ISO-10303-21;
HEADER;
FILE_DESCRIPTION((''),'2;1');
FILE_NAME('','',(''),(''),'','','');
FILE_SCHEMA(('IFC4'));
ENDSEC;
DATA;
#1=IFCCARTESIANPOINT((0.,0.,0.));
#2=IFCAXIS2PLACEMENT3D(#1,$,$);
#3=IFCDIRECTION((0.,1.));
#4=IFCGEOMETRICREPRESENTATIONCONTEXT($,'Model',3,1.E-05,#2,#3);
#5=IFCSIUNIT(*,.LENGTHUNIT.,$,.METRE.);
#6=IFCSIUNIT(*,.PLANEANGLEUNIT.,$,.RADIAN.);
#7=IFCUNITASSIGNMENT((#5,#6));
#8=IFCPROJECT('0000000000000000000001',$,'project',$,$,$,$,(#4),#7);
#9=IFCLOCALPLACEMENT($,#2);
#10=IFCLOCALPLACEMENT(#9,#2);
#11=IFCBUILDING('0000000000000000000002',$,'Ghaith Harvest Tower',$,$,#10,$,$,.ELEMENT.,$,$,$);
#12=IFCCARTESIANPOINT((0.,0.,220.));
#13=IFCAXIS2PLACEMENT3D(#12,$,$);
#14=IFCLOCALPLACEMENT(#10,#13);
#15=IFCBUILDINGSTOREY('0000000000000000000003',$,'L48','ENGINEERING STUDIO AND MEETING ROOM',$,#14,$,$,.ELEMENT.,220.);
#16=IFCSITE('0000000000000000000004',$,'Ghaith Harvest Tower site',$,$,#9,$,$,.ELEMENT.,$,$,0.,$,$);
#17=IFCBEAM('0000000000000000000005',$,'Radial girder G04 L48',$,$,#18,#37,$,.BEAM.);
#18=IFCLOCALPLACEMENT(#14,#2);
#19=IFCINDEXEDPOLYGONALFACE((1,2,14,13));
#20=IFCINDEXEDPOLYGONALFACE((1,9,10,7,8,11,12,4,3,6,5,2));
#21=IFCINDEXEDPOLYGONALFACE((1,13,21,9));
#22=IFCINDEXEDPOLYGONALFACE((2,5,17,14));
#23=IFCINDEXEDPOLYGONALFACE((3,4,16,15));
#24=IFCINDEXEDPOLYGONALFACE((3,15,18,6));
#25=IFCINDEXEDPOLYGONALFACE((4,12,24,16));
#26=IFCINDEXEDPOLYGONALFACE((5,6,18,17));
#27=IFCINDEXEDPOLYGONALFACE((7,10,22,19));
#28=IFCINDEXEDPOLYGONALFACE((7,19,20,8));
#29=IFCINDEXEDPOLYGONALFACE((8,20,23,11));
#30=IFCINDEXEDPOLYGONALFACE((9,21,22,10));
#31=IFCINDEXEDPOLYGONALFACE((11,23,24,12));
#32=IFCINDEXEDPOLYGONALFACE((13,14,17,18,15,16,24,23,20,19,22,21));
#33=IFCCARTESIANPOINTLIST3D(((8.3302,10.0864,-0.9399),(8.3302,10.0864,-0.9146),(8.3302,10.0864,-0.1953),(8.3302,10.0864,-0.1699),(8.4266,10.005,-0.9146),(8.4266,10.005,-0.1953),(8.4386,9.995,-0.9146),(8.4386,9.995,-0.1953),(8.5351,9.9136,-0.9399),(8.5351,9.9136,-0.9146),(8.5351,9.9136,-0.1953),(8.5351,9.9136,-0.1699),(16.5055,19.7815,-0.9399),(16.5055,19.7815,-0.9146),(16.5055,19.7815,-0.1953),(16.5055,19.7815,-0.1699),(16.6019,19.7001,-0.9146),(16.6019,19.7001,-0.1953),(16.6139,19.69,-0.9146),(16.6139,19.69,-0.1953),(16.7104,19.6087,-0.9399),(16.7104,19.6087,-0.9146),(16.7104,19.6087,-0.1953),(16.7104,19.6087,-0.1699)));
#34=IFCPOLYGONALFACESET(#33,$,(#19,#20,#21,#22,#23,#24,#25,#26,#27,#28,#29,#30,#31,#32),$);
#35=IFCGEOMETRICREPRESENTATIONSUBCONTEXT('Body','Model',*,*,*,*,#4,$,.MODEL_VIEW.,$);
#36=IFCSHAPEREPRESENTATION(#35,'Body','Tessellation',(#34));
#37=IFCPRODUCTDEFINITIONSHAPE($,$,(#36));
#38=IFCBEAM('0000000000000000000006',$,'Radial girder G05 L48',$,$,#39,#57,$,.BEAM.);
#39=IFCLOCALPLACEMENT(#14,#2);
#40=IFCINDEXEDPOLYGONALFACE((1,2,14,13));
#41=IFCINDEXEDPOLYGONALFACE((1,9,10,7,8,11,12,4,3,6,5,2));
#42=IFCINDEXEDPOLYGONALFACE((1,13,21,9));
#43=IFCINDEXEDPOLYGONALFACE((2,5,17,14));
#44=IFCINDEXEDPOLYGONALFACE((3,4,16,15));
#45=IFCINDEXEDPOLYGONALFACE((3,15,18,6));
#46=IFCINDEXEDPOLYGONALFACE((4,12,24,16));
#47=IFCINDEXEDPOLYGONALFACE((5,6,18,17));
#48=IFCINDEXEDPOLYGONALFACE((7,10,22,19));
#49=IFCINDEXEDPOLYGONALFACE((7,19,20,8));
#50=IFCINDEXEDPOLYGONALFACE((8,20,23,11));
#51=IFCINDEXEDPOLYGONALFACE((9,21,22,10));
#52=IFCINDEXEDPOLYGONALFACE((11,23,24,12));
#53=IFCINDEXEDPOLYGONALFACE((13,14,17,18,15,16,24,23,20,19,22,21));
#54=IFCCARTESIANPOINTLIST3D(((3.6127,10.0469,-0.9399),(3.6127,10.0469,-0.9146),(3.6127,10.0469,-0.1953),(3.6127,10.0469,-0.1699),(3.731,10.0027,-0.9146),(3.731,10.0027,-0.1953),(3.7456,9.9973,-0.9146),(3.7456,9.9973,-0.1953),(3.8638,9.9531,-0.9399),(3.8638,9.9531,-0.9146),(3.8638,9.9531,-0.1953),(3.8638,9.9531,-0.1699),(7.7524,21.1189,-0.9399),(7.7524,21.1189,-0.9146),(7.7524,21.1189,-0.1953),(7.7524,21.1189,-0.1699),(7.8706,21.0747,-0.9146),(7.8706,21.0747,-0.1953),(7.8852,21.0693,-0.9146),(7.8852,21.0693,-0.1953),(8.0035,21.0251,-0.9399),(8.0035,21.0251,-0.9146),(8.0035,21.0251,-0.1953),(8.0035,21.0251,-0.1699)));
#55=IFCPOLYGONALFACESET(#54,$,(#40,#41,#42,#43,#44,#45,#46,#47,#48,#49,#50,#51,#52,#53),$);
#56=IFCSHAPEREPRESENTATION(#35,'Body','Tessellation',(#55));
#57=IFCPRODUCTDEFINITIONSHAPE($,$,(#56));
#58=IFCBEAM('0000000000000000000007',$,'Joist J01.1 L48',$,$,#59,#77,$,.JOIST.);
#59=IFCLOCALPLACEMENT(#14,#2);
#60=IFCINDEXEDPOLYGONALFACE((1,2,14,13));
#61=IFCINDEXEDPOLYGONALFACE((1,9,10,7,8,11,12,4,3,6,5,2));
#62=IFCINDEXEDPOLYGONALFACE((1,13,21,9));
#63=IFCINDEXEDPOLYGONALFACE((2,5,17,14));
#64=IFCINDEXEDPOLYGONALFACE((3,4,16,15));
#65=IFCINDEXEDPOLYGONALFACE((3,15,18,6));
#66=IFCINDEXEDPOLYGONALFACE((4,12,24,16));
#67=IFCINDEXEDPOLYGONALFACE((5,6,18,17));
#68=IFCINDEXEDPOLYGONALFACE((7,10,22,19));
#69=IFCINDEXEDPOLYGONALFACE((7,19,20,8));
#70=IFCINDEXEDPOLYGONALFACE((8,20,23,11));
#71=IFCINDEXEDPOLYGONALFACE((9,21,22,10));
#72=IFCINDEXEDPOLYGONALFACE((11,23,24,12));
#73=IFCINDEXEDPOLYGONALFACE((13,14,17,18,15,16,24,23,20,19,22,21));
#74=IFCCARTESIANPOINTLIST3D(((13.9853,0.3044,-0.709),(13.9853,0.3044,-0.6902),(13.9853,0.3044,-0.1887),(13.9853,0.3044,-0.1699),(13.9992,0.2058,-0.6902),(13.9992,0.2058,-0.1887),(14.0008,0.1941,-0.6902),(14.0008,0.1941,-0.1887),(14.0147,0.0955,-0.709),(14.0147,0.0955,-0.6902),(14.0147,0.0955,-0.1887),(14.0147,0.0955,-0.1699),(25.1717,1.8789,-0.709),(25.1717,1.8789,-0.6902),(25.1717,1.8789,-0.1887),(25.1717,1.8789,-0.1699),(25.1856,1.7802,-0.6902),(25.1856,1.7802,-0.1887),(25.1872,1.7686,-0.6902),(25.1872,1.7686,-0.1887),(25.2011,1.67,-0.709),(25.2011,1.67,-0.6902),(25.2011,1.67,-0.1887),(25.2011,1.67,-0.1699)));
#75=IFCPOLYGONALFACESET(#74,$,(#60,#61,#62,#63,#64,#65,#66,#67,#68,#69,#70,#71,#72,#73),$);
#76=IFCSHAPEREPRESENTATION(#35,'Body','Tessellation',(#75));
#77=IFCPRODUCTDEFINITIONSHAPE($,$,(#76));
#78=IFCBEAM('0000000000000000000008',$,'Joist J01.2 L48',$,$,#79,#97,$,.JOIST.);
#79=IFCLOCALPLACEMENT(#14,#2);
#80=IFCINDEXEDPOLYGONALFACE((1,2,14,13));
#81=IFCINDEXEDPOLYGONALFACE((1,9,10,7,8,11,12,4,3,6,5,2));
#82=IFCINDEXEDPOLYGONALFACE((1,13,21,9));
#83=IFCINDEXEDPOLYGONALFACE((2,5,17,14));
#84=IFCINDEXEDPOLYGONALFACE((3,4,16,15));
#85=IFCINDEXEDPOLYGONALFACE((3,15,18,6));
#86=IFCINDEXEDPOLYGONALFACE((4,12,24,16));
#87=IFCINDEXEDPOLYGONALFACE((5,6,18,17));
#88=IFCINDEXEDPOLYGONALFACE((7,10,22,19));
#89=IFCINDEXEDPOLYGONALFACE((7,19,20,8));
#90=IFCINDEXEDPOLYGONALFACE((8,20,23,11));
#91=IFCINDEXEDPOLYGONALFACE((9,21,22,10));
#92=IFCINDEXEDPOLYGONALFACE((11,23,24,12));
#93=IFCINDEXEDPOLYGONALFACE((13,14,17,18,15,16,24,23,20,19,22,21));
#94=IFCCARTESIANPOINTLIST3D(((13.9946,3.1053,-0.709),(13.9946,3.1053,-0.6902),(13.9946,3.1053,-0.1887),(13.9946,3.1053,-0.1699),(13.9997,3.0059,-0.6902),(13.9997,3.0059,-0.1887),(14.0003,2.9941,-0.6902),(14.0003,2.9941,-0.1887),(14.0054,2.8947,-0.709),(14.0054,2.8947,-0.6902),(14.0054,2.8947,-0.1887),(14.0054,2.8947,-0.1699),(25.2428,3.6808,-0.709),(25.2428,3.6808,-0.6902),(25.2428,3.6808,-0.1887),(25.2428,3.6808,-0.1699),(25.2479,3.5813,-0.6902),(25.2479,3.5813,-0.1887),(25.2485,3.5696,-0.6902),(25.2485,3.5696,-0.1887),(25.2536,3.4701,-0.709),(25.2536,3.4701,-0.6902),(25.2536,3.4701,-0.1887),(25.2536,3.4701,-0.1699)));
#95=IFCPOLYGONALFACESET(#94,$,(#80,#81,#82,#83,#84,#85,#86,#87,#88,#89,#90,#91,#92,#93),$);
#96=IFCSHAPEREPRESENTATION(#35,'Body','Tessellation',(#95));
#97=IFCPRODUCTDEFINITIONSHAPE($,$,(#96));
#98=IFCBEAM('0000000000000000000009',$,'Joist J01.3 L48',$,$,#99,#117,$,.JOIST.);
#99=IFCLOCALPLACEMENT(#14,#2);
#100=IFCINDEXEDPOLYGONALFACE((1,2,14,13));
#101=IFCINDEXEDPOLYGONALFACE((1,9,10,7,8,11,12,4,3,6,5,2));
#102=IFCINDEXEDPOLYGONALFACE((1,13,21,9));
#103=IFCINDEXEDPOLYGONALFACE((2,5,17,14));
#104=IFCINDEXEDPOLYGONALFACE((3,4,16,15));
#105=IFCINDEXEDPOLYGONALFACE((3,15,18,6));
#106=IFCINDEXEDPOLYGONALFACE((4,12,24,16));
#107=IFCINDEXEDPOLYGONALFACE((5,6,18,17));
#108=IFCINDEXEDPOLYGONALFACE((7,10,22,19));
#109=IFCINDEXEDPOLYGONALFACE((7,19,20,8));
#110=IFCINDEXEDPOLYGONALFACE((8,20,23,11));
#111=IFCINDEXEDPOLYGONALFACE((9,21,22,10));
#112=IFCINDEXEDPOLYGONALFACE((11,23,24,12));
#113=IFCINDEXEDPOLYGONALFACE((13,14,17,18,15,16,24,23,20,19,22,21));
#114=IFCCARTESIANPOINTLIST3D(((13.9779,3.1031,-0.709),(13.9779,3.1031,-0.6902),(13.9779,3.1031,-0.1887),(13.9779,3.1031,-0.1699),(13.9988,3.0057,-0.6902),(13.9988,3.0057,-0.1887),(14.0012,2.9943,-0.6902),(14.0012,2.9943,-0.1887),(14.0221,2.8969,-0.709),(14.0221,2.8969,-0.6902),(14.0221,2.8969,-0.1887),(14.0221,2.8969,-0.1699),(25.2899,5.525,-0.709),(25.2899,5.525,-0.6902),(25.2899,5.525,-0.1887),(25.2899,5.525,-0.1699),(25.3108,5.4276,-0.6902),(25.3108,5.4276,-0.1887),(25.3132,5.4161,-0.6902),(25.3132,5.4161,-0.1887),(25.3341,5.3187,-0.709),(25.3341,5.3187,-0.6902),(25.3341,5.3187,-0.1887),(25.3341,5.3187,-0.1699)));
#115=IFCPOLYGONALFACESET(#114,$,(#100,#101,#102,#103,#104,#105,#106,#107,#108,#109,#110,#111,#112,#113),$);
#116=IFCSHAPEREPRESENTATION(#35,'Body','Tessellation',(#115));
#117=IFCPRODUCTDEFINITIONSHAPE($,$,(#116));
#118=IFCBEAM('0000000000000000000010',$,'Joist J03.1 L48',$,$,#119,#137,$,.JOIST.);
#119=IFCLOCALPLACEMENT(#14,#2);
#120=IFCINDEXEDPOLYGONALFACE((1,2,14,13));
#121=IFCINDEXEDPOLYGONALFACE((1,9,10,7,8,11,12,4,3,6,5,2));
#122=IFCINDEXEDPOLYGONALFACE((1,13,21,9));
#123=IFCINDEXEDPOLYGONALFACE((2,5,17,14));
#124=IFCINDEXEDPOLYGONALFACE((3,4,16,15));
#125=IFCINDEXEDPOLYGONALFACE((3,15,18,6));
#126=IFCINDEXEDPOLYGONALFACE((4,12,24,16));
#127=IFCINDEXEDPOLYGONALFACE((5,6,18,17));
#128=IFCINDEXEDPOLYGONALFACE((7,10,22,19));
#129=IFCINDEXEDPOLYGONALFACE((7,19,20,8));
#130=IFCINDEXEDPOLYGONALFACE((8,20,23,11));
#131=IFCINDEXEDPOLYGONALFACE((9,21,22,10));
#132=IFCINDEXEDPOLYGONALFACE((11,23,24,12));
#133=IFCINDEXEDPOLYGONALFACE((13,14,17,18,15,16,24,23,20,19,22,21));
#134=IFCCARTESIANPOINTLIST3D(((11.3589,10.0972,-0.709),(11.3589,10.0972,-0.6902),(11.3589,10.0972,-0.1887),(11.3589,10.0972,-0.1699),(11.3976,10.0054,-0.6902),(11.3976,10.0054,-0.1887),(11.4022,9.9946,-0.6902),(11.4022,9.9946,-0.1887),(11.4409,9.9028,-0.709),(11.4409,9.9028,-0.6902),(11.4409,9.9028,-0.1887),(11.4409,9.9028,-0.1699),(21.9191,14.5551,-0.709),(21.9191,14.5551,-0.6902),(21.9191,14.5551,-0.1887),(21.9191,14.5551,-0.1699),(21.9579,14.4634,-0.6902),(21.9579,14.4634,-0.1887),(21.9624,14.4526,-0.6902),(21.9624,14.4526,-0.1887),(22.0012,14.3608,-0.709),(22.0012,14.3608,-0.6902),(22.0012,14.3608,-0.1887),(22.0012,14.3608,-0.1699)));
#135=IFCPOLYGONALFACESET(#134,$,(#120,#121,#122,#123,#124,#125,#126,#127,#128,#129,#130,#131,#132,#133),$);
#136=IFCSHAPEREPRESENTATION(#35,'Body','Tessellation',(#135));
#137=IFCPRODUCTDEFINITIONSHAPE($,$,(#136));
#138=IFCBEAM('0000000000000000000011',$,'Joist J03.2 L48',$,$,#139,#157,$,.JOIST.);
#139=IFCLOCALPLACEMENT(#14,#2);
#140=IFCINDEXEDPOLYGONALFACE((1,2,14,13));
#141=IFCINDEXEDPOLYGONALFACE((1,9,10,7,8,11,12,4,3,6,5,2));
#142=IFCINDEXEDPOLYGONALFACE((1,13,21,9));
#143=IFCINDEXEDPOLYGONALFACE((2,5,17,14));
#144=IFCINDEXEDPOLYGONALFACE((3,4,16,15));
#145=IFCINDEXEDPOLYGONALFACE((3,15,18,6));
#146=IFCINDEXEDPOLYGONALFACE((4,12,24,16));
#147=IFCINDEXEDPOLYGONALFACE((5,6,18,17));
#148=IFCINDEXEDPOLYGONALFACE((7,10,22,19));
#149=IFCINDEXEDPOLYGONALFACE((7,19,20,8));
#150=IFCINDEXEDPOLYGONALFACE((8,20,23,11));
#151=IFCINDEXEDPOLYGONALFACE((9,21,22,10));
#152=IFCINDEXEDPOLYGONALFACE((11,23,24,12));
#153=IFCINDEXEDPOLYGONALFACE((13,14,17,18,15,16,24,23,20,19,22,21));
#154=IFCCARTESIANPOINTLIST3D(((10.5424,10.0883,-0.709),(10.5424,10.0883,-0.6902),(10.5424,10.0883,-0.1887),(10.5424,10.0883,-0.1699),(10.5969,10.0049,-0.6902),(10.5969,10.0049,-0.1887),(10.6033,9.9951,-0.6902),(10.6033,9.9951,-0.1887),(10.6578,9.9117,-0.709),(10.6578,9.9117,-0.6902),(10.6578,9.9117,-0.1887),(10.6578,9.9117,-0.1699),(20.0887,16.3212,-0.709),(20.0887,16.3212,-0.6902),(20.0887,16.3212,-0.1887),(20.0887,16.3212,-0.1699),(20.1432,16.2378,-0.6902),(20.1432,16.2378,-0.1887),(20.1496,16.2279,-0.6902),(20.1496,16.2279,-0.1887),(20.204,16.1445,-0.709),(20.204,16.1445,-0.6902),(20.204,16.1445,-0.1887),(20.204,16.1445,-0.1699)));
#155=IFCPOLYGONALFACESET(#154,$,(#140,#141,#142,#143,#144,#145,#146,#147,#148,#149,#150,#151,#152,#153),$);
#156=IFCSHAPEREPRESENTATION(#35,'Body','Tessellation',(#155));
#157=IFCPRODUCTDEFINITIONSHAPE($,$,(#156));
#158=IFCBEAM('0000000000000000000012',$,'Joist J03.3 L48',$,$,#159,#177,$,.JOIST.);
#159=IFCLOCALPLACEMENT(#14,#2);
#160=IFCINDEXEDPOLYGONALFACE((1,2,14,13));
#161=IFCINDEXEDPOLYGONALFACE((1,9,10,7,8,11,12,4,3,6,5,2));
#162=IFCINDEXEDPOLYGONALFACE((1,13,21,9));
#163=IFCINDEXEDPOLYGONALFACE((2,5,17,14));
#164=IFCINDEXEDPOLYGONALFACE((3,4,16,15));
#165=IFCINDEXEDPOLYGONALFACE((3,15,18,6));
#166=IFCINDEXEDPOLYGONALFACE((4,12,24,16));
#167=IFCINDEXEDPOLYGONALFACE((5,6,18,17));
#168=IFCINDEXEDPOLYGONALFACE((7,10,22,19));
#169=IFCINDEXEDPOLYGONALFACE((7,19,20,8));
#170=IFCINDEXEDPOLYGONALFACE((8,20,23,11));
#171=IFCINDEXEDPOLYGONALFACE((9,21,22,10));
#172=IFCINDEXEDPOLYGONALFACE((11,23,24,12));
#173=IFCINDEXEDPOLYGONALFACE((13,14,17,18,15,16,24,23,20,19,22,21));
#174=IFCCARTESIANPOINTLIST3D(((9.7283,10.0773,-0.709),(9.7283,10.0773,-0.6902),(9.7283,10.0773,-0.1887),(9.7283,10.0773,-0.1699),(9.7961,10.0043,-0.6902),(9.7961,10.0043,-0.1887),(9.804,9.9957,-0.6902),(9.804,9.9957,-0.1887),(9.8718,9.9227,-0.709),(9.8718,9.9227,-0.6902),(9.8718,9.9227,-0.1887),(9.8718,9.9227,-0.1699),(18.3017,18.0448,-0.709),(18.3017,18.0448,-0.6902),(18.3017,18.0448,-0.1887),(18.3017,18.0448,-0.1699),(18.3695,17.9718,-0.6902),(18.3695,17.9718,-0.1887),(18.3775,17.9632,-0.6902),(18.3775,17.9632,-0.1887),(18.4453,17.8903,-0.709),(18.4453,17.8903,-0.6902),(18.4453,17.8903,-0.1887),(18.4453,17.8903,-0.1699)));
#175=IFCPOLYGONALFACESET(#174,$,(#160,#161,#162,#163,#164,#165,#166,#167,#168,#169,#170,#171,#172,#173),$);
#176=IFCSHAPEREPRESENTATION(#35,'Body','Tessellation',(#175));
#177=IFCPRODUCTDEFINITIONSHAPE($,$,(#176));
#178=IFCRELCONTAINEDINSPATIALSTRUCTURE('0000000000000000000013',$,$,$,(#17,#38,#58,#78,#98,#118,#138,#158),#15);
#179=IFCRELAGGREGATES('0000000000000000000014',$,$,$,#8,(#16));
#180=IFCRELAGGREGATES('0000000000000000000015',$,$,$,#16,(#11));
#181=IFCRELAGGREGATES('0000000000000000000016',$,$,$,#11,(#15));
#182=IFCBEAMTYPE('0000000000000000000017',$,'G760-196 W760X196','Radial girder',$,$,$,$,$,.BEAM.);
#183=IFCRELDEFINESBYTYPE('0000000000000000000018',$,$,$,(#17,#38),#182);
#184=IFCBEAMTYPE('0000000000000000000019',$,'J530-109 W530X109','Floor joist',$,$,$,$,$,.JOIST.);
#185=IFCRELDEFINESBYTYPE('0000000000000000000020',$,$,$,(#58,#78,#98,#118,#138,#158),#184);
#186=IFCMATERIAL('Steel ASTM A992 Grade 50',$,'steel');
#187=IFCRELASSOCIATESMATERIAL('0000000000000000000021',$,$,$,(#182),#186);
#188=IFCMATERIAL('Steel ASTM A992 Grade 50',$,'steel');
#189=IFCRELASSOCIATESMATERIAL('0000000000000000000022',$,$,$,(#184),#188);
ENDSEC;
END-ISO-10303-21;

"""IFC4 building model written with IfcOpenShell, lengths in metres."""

from ifc_helpers import new_model, si_unit, direction, frame, origin, origin_2d, place, context, subcontext, project, spatial, i_section, extrude, material, material_profile, profile_set, type_object, element, save


model = new_model("IFC4")

# Units and contexts
model_context = context("Model", 3, precision=1e-05, world=origin(), true_north=direction((0.0, 1.0)))
body_context = subcontext(model_context, "Body", "Model", "MODEL_VIEW")
ifc_project = project(units=[si_unit("LENGTHUNIT", "METRE"), si_unit("PLANEANGLEUNIT", "RADIAN")], contexts=[model_context])

# Site, building, storey
site_placement = place(None, origin())
site = spatial("IfcSite", under=ifc_project, at=site_placement, Name="Ghaith Harvest Tower site", CompositionType="ELEMENT", RefElevation=0.0)
building_placement = place(site_placement, origin())
building = spatial("IfcBuilding", under=site, at=building_placement, Name="Ghaith Harvest Tower", CompositionType="ELEMENT")
storey_placement = place(building_placement, frame((0.0, 0.0, 220.0)))
storey = spatial("IfcBuildingStorey", under=building, at=storey_placement, Name="L48", Description="ENGINEERING STUDIO AND MEETING ROOM", CompositionType="ELEMENT", Elevation=220.0)

# Beams
ifc_material_1 = material(Name="Steel ASTM A992 Grade 50", Category="steel")
ifc_material_profile_1 = material_profile(ifc_material_1, i_section(OverallWidth=0.2681, OverallDepth=0.77, WebThickness=0.0156, FlangeThickness=0.0254, at=origin_2d()), Name="W760X196")
ifc_profile_set_1 = profile_set([ifc_material_profile_1], Name="Steel ASTM A992 Grade 50")
beam_type_1 = type_object("IfcBeamType", Name="G760-196 W760X196", Description="Radial girder", PredefinedType="BEAM", material=ifc_profile_set_1)
beam_1_placement = place(storey_placement, frame((8.4326, 10.0, -0.5549), z_axis=(0.644644, 0.764483, 0.0), x_axis=(-0.764483, 0.644644, 0.0)))
element("IfcBeam", 1, at=beam_1_placement, inside=storey, type_object=beam_type_1, Name="Radial girder G04 L48", PredefinedType="BEAM", context=body_context, shape_type="SweptSolid", body=[
    extrude(i_section(OverallWidth=0.2681, OverallDepth=0.77, WebThickness=0.0156, FlangeThickness=0.0254, at=origin_2d()), origin(), (0.0, 0.0, 1.0), 12.6819),
])
beam_2_placement = place(storey_placement, frame((3.7383, 10.0, -0.5549), z_axis=(0.350207, 0.936672, 0.0), x_axis=(-0.936672, 0.350207, 0.0)))
element("IfcBeam", 2, at=beam_2_placement, inside=storey, type_object=beam_type_1, Name="Radial girder G05 L48", PredefinedType="BEAM", context=body_context, shape_type="SweptSolid", body=[
    extrude(i_section(OverallWidth=0.2681, OverallDepth=0.77, WebThickness=0.0156, FlangeThickness=0.0254, at=origin_2d()), origin(), (0.0, 0.0, 1.0), 11.8206),
])
ifc_material_2 = material(Name="Steel ASTM A992 Grade 50", Category="steel")
ifc_material_profile_2 = material_profile(ifc_material_2, i_section(OverallWidth=0.2109, OverallDepth=0.5391, WebThickness=0.0117, FlangeThickness=0.0188, at=origin_2d()), Name="W530X109")
ifc_profile_set_2 = profile_set([ifc_material_profile_2], Name="Steel ASTM A992 Grade 50")
beam_type_2 = type_object("IfcBeamType", Name="J530-109 W530X109", Description="Floor joist", PredefinedType="JOIST", material=ifc_profile_set_2)
beam_3_placement = place(storey_placement, frame((14.0, 0.2, -0.4395), z_axis=(0.99024, 0.139376, 0.0), x_axis=(-0.139376, 0.99024, 0.0)))
element("IfcBeam", 3, at=beam_3_placement, inside=storey, type_object=beam_type_2, Name="Joist J01.1 L48", PredefinedType="JOIST", context=body_context, shape_type="SweptSolid", body=[
    extrude(i_section(OverallWidth=0.2109, OverallDepth=0.5391, WebThickness=0.0117, FlangeThickness=0.0188, at=origin_2d()), origin(), (0.0, 0.0, 1.0), 11.2966),
])
beam_4_placement = place(storey_placement, frame((14.0, 3.0, -0.4395), z_axis=(0.998694, 0.051091, 0.0), x_axis=(-0.051091, 0.998694, 0.0)))
element("IfcBeam", 4, at=beam_4_placement, inside=storey, type_object=beam_type_2, Name="Joist J01.2 L48", PredefinedType="JOIST", context=body_context, shape_type="SweptSolid", body=[
    extrude(i_section(OverallWidth=0.2109, OverallDepth=0.5391, WebThickness=0.0117, FlangeThickness=0.0188, at=origin_2d()), origin(), (0.0, 0.0, 1.0), 11.2629),
])
beam_5_placement = place(storey_placement, frame((14.0, 3.0, -0.4395), z_axis=(0.97784, 0.209353, 0.0), x_axis=(-0.209353, 0.97784, 0.0)))
element("IfcBeam", 5, at=beam_5_placement, inside=storey, type_object=beam_type_2, Name="Joist J01.3 L48", PredefinedType="JOIST", context=body_context, shape_type="SweptSolid", body=[
    extrude(i_section(OverallWidth=0.2109, OverallDepth=0.5391, WebThickness=0.0117, FlangeThickness=0.0188, at=origin_2d()), origin(), (0.0, 0.0, 1.0), 11.5684),
])
beam_6_placement = place(storey_placement, frame((11.3999, 10.0, -0.4395), z_axis=(0.921274, 0.388914, 0.0), x_axis=(-0.388914, 0.921274, 0.0)))
element("IfcBeam", 6, at=beam_6_placement, inside=storey, type_object=beam_type_2, Name="Joist J03.1 L48", PredefinedType="JOIST", context=body_context, shape_type="SweptSolid", body=[
    extrude(i_section(OverallWidth=0.2109, OverallDepth=0.5391, WebThickness=0.0117, FlangeThickness=0.0188, at=origin_2d()), origin(), (0.0, 0.0, 1.0), 11.4626),
])
beam_7_placement = place(storey_placement, frame((10.6001, 10.0, -0.4395), z_axis=(0.837329, 0.546699, 0.0), x_axis=(-0.546699, 0.837329, 0.0)))
element("IfcBeam", 7, at=beam_7_placement, inside=storey, type_object=beam_type_2, Name="Joist J03.2 L48", PredefinedType="JOIST", context=body_context, shape_type="SweptSolid", body=[
    extrude(i_section(OverallWidth=0.2109, OverallDepth=0.5391, WebThickness=0.0117, FlangeThickness=0.0188, at=origin_2d()), origin(), (0.0, 0.0, 1.0), 11.4009),
])
beam_8_placement = place(storey_placement, frame((9.8, 10.0, -0.4395), z_axis=(0.732519, 0.680746, 0.0), x_axis=(-0.680746, 0.732519, 0.0)))
element("IfcBeam", 8, at=beam_8_placement, inside=storey, type_object=beam_type_2, Name="Joist J03.3 L48", PredefinedType="JOIST", context=body_context, shape_type="SweptSolid", body=[
    extrude(i_section(OverallWidth=0.2109, OverallDepth=0.5391, WebThickness=0.0117, FlangeThickness=0.0188, at=origin_2d()), origin(), (0.0, 0.0, 1.0), 11.7041),
])

save(model, "model.ifc")
